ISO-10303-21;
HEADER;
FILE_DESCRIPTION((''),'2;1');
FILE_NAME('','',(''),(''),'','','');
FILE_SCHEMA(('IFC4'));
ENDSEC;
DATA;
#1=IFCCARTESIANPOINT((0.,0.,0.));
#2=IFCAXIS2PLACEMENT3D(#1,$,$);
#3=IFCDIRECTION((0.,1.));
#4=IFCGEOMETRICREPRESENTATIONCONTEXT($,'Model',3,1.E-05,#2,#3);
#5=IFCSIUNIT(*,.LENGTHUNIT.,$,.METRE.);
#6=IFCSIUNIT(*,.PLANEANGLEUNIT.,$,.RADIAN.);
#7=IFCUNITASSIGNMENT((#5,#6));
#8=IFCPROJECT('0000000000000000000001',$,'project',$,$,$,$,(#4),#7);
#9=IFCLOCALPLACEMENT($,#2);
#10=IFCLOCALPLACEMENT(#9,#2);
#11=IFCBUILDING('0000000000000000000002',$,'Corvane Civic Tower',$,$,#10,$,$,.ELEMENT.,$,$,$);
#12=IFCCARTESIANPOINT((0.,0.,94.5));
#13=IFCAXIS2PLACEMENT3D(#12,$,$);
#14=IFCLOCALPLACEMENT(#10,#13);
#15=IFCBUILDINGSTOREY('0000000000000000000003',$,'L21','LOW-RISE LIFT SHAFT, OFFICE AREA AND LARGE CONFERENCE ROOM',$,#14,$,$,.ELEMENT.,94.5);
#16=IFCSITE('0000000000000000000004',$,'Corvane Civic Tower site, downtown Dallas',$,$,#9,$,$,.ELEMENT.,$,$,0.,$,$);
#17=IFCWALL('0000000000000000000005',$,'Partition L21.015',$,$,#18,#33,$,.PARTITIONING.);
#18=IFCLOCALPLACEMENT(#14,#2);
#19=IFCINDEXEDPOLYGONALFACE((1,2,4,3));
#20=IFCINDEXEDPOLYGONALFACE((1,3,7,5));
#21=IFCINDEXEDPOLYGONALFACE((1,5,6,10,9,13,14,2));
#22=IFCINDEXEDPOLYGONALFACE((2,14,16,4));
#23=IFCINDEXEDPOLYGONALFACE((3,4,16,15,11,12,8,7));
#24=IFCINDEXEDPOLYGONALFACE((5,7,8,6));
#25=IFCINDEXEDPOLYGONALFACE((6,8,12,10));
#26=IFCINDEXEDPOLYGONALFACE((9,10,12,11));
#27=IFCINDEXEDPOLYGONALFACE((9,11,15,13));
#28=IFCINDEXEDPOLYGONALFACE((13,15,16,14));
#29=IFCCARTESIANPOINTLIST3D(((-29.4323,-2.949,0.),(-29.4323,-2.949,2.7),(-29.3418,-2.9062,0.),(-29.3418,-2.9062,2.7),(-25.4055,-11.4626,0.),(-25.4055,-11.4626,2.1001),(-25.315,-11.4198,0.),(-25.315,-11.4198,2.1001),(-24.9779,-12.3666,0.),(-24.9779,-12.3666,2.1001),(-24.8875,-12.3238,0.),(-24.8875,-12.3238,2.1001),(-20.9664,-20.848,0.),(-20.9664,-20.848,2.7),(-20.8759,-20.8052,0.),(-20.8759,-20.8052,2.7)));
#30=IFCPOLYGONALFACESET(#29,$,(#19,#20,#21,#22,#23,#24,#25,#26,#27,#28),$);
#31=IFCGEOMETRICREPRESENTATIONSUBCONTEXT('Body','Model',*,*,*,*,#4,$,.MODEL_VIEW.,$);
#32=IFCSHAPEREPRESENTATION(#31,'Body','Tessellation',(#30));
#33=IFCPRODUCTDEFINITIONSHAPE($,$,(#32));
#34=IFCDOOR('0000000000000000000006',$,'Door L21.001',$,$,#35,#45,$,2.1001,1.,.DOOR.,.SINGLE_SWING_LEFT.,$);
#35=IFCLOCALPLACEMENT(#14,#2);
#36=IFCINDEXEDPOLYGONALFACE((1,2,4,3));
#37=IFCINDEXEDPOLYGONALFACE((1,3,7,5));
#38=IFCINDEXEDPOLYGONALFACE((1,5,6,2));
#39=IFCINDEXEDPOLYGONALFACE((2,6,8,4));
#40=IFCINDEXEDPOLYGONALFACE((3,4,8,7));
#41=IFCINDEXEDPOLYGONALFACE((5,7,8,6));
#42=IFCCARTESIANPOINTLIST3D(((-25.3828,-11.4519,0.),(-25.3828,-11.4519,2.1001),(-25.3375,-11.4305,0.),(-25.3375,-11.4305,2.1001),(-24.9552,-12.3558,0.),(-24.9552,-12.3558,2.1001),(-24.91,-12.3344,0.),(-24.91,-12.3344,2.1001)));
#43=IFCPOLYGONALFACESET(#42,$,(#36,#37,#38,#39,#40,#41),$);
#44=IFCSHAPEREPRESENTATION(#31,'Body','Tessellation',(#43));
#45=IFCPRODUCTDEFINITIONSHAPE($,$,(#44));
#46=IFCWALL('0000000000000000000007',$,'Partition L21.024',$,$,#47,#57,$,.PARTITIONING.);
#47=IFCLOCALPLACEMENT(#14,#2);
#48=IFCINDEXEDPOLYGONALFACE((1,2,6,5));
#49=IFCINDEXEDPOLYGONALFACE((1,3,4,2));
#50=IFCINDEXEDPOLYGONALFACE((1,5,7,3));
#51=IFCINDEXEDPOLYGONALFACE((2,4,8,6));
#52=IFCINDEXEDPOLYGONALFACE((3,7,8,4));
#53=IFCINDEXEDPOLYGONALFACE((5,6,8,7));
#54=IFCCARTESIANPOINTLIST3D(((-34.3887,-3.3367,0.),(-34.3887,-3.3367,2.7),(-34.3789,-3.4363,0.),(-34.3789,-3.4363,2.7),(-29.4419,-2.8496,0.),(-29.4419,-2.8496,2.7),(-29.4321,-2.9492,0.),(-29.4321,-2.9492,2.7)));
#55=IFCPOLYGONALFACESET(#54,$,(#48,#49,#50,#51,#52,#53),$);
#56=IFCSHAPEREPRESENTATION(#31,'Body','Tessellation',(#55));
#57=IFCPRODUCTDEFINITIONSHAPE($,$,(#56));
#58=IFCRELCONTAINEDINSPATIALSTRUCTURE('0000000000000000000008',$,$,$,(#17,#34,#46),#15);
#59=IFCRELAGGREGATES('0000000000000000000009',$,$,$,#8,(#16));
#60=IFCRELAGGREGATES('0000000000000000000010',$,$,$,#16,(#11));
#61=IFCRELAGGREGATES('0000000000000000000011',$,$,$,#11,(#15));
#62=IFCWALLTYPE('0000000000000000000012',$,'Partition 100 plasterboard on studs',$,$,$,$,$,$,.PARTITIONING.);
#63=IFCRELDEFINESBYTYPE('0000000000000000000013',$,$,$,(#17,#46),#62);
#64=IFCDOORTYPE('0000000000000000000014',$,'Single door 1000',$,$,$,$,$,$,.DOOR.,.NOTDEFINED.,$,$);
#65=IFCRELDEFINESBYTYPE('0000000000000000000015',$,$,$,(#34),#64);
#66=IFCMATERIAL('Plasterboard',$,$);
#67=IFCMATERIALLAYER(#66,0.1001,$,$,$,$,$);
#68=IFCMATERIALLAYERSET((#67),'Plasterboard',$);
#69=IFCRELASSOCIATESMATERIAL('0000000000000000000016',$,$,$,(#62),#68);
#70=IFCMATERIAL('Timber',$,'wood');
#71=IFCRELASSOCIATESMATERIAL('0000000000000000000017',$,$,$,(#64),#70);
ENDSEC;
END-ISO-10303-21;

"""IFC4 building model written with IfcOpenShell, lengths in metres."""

from ifc_helpers import new_model, si_unit, direction, frame, frame_2d, origin, place, context, subcontext, project, spatial, rectangle, extrude, material, layer, layer_set, type_object, element, fill, save


model = new_model("IFC4")

# Units and contexts
model_context = context("Model", 3, precision=1e-05, world=origin(), true_north=direction((0.0, 1.0)))
body_context = subcontext(model_context, "Body", "Model", "MODEL_VIEW")
ifc_project = project(units=[si_unit("LENGTHUNIT", "METRE"), si_unit("PLANEANGLEUNIT", "RADIAN")], contexts=[model_context])

# Site, building, storey
site_placement = place(None, origin())
site = spatial("IfcSite", under=ifc_project, at=site_placement, Name="Corvane Civic Tower site, downtown Dallas", CompositionType="ELEMENT", RefElevation=0.0)
building_placement = place(site_placement, origin())
building = spatial("IfcBuilding", under=site, at=building_placement, Name="Corvane Civic Tower", CompositionType="ELEMENT")
storey_placement = place(building_placement, frame((0.0, 0.0, 94.5)))
storey = spatial("IfcBuildingStorey", under=building, at=storey_placement, Name="L21", Description="LOW-RISE LIFT SHAFT, OFFICE AREA AND LARGE CONFERENCE ROOM", CompositionType="ELEMENT", Elevation=94.5)

# Wall, opening, door
ifc_material_1 = material(Name="Plasterboard")
ifc_layer_1 = layer(ifc_material_1, 0.1001)
ifc_layer_set_1 = layer_set([ifc_layer_1], Name="Plasterboard")
wall_type_1 = type_object("IfcWallType", Name="Partition 100 plasterboard on studs", PredefinedType="PARTITIONING", material=ifc_layer_set_1)
wall_1_placement = place(storey_placement, frame((-29.387, -2.9277, 0.0), z_axis=(0.0, 0.0, 1.0), x_axis=(0.427566, -0.903984, 0.0)))
wall_1 = element("IfcWall", 1, at=wall_1_placement, inside=storey, type_object=wall_type_1, Name="Partition L21.015", PredefinedType="PARTITIONING", context=body_context, shape_type="SweptSolid", body=[
    extrude(rectangle(XDim=19.8, YDim=0.1001, at=frame_2d((9.8999, 0.0))), origin(), (0.0, 0.0, 1.0), 2.7),
])
opening_1_placement = place(wall_1_placement, frame((9.4177, 0.0, 0.0)))
opening_1 = element("IfcOpeningElement", 2, at=opening_1_placement, cuts=wall_1, PredefinedType="OPENING", context=body_context, shape_type="SweptSolid", body=[
    extrude(rectangle(XDim=1.0, YDim=2.1001, at=frame_2d((0.5, 1.05))), frame((0.0, 0.0601, 0.0), z_axis=(0.0, -1.0, 0.0), x_axis=(1.0, 0.0, 0.0)), (0.0, 0.0, 1.0), 0.1201),
])
ifc_material_2 = material(Name="Timber", Category="wood")
door_type_1 = type_object("IfcDoorType", Name="Single door 1000", OperationType="NOTDEFINED", PredefinedType="DOOR", material=ifc_material_2)
door_1_placement = place(opening_1_placement, frame((1.0, 0.0, 0.0), z_axis=(0.0, 0.0, 1.0), x_axis=(-1.0, 0.0, 0.0)))
door_1 = element("IfcDoor", 3, at=door_1_placement, inside=storey, type_object=door_type_1, Name="Door L21.001", OperationType="SINGLE_SWING_LEFT", OverallHeight=2.1001, OverallWidth=1.0, PredefinedType="DOOR", context=body_context, shape_type="SweptSolid", body=[
    extrude(rectangle(XDim=1.0, YDim=2.1001, at=frame_2d((0.5, 1.05))), frame((0.0, 0.0249, 0.0), z_axis=(0.0, -1.0, 0.0), x_axis=(1.0, 0.0, 0.0)), (0.0, 0.0, 1.0), 0.05),
])
fill(opening_1, door_1)

# Wall
wall_2_placement = place(storey_placement, frame((-34.3838, -3.3865, 0.0), z_axis=(0.0, 0.0, 1.0), x_axis=(0.995188, 0.097986, 0.0)))
element("IfcWall", 4, at=wall_2_placement, inside=storey, type_object=wall_type_1, Name="Partition L21.024", PredefinedType="PARTITIONING", context=body_context, shape_type="SweptSolid", body=[
    extrude(rectangle(XDim=4.9707, YDim=0.1001, at=frame_2d((2.4854, 0.0))), origin(), (0.0, 0.0, 1.0), 2.7),
])

save(model, "model.ifc")
